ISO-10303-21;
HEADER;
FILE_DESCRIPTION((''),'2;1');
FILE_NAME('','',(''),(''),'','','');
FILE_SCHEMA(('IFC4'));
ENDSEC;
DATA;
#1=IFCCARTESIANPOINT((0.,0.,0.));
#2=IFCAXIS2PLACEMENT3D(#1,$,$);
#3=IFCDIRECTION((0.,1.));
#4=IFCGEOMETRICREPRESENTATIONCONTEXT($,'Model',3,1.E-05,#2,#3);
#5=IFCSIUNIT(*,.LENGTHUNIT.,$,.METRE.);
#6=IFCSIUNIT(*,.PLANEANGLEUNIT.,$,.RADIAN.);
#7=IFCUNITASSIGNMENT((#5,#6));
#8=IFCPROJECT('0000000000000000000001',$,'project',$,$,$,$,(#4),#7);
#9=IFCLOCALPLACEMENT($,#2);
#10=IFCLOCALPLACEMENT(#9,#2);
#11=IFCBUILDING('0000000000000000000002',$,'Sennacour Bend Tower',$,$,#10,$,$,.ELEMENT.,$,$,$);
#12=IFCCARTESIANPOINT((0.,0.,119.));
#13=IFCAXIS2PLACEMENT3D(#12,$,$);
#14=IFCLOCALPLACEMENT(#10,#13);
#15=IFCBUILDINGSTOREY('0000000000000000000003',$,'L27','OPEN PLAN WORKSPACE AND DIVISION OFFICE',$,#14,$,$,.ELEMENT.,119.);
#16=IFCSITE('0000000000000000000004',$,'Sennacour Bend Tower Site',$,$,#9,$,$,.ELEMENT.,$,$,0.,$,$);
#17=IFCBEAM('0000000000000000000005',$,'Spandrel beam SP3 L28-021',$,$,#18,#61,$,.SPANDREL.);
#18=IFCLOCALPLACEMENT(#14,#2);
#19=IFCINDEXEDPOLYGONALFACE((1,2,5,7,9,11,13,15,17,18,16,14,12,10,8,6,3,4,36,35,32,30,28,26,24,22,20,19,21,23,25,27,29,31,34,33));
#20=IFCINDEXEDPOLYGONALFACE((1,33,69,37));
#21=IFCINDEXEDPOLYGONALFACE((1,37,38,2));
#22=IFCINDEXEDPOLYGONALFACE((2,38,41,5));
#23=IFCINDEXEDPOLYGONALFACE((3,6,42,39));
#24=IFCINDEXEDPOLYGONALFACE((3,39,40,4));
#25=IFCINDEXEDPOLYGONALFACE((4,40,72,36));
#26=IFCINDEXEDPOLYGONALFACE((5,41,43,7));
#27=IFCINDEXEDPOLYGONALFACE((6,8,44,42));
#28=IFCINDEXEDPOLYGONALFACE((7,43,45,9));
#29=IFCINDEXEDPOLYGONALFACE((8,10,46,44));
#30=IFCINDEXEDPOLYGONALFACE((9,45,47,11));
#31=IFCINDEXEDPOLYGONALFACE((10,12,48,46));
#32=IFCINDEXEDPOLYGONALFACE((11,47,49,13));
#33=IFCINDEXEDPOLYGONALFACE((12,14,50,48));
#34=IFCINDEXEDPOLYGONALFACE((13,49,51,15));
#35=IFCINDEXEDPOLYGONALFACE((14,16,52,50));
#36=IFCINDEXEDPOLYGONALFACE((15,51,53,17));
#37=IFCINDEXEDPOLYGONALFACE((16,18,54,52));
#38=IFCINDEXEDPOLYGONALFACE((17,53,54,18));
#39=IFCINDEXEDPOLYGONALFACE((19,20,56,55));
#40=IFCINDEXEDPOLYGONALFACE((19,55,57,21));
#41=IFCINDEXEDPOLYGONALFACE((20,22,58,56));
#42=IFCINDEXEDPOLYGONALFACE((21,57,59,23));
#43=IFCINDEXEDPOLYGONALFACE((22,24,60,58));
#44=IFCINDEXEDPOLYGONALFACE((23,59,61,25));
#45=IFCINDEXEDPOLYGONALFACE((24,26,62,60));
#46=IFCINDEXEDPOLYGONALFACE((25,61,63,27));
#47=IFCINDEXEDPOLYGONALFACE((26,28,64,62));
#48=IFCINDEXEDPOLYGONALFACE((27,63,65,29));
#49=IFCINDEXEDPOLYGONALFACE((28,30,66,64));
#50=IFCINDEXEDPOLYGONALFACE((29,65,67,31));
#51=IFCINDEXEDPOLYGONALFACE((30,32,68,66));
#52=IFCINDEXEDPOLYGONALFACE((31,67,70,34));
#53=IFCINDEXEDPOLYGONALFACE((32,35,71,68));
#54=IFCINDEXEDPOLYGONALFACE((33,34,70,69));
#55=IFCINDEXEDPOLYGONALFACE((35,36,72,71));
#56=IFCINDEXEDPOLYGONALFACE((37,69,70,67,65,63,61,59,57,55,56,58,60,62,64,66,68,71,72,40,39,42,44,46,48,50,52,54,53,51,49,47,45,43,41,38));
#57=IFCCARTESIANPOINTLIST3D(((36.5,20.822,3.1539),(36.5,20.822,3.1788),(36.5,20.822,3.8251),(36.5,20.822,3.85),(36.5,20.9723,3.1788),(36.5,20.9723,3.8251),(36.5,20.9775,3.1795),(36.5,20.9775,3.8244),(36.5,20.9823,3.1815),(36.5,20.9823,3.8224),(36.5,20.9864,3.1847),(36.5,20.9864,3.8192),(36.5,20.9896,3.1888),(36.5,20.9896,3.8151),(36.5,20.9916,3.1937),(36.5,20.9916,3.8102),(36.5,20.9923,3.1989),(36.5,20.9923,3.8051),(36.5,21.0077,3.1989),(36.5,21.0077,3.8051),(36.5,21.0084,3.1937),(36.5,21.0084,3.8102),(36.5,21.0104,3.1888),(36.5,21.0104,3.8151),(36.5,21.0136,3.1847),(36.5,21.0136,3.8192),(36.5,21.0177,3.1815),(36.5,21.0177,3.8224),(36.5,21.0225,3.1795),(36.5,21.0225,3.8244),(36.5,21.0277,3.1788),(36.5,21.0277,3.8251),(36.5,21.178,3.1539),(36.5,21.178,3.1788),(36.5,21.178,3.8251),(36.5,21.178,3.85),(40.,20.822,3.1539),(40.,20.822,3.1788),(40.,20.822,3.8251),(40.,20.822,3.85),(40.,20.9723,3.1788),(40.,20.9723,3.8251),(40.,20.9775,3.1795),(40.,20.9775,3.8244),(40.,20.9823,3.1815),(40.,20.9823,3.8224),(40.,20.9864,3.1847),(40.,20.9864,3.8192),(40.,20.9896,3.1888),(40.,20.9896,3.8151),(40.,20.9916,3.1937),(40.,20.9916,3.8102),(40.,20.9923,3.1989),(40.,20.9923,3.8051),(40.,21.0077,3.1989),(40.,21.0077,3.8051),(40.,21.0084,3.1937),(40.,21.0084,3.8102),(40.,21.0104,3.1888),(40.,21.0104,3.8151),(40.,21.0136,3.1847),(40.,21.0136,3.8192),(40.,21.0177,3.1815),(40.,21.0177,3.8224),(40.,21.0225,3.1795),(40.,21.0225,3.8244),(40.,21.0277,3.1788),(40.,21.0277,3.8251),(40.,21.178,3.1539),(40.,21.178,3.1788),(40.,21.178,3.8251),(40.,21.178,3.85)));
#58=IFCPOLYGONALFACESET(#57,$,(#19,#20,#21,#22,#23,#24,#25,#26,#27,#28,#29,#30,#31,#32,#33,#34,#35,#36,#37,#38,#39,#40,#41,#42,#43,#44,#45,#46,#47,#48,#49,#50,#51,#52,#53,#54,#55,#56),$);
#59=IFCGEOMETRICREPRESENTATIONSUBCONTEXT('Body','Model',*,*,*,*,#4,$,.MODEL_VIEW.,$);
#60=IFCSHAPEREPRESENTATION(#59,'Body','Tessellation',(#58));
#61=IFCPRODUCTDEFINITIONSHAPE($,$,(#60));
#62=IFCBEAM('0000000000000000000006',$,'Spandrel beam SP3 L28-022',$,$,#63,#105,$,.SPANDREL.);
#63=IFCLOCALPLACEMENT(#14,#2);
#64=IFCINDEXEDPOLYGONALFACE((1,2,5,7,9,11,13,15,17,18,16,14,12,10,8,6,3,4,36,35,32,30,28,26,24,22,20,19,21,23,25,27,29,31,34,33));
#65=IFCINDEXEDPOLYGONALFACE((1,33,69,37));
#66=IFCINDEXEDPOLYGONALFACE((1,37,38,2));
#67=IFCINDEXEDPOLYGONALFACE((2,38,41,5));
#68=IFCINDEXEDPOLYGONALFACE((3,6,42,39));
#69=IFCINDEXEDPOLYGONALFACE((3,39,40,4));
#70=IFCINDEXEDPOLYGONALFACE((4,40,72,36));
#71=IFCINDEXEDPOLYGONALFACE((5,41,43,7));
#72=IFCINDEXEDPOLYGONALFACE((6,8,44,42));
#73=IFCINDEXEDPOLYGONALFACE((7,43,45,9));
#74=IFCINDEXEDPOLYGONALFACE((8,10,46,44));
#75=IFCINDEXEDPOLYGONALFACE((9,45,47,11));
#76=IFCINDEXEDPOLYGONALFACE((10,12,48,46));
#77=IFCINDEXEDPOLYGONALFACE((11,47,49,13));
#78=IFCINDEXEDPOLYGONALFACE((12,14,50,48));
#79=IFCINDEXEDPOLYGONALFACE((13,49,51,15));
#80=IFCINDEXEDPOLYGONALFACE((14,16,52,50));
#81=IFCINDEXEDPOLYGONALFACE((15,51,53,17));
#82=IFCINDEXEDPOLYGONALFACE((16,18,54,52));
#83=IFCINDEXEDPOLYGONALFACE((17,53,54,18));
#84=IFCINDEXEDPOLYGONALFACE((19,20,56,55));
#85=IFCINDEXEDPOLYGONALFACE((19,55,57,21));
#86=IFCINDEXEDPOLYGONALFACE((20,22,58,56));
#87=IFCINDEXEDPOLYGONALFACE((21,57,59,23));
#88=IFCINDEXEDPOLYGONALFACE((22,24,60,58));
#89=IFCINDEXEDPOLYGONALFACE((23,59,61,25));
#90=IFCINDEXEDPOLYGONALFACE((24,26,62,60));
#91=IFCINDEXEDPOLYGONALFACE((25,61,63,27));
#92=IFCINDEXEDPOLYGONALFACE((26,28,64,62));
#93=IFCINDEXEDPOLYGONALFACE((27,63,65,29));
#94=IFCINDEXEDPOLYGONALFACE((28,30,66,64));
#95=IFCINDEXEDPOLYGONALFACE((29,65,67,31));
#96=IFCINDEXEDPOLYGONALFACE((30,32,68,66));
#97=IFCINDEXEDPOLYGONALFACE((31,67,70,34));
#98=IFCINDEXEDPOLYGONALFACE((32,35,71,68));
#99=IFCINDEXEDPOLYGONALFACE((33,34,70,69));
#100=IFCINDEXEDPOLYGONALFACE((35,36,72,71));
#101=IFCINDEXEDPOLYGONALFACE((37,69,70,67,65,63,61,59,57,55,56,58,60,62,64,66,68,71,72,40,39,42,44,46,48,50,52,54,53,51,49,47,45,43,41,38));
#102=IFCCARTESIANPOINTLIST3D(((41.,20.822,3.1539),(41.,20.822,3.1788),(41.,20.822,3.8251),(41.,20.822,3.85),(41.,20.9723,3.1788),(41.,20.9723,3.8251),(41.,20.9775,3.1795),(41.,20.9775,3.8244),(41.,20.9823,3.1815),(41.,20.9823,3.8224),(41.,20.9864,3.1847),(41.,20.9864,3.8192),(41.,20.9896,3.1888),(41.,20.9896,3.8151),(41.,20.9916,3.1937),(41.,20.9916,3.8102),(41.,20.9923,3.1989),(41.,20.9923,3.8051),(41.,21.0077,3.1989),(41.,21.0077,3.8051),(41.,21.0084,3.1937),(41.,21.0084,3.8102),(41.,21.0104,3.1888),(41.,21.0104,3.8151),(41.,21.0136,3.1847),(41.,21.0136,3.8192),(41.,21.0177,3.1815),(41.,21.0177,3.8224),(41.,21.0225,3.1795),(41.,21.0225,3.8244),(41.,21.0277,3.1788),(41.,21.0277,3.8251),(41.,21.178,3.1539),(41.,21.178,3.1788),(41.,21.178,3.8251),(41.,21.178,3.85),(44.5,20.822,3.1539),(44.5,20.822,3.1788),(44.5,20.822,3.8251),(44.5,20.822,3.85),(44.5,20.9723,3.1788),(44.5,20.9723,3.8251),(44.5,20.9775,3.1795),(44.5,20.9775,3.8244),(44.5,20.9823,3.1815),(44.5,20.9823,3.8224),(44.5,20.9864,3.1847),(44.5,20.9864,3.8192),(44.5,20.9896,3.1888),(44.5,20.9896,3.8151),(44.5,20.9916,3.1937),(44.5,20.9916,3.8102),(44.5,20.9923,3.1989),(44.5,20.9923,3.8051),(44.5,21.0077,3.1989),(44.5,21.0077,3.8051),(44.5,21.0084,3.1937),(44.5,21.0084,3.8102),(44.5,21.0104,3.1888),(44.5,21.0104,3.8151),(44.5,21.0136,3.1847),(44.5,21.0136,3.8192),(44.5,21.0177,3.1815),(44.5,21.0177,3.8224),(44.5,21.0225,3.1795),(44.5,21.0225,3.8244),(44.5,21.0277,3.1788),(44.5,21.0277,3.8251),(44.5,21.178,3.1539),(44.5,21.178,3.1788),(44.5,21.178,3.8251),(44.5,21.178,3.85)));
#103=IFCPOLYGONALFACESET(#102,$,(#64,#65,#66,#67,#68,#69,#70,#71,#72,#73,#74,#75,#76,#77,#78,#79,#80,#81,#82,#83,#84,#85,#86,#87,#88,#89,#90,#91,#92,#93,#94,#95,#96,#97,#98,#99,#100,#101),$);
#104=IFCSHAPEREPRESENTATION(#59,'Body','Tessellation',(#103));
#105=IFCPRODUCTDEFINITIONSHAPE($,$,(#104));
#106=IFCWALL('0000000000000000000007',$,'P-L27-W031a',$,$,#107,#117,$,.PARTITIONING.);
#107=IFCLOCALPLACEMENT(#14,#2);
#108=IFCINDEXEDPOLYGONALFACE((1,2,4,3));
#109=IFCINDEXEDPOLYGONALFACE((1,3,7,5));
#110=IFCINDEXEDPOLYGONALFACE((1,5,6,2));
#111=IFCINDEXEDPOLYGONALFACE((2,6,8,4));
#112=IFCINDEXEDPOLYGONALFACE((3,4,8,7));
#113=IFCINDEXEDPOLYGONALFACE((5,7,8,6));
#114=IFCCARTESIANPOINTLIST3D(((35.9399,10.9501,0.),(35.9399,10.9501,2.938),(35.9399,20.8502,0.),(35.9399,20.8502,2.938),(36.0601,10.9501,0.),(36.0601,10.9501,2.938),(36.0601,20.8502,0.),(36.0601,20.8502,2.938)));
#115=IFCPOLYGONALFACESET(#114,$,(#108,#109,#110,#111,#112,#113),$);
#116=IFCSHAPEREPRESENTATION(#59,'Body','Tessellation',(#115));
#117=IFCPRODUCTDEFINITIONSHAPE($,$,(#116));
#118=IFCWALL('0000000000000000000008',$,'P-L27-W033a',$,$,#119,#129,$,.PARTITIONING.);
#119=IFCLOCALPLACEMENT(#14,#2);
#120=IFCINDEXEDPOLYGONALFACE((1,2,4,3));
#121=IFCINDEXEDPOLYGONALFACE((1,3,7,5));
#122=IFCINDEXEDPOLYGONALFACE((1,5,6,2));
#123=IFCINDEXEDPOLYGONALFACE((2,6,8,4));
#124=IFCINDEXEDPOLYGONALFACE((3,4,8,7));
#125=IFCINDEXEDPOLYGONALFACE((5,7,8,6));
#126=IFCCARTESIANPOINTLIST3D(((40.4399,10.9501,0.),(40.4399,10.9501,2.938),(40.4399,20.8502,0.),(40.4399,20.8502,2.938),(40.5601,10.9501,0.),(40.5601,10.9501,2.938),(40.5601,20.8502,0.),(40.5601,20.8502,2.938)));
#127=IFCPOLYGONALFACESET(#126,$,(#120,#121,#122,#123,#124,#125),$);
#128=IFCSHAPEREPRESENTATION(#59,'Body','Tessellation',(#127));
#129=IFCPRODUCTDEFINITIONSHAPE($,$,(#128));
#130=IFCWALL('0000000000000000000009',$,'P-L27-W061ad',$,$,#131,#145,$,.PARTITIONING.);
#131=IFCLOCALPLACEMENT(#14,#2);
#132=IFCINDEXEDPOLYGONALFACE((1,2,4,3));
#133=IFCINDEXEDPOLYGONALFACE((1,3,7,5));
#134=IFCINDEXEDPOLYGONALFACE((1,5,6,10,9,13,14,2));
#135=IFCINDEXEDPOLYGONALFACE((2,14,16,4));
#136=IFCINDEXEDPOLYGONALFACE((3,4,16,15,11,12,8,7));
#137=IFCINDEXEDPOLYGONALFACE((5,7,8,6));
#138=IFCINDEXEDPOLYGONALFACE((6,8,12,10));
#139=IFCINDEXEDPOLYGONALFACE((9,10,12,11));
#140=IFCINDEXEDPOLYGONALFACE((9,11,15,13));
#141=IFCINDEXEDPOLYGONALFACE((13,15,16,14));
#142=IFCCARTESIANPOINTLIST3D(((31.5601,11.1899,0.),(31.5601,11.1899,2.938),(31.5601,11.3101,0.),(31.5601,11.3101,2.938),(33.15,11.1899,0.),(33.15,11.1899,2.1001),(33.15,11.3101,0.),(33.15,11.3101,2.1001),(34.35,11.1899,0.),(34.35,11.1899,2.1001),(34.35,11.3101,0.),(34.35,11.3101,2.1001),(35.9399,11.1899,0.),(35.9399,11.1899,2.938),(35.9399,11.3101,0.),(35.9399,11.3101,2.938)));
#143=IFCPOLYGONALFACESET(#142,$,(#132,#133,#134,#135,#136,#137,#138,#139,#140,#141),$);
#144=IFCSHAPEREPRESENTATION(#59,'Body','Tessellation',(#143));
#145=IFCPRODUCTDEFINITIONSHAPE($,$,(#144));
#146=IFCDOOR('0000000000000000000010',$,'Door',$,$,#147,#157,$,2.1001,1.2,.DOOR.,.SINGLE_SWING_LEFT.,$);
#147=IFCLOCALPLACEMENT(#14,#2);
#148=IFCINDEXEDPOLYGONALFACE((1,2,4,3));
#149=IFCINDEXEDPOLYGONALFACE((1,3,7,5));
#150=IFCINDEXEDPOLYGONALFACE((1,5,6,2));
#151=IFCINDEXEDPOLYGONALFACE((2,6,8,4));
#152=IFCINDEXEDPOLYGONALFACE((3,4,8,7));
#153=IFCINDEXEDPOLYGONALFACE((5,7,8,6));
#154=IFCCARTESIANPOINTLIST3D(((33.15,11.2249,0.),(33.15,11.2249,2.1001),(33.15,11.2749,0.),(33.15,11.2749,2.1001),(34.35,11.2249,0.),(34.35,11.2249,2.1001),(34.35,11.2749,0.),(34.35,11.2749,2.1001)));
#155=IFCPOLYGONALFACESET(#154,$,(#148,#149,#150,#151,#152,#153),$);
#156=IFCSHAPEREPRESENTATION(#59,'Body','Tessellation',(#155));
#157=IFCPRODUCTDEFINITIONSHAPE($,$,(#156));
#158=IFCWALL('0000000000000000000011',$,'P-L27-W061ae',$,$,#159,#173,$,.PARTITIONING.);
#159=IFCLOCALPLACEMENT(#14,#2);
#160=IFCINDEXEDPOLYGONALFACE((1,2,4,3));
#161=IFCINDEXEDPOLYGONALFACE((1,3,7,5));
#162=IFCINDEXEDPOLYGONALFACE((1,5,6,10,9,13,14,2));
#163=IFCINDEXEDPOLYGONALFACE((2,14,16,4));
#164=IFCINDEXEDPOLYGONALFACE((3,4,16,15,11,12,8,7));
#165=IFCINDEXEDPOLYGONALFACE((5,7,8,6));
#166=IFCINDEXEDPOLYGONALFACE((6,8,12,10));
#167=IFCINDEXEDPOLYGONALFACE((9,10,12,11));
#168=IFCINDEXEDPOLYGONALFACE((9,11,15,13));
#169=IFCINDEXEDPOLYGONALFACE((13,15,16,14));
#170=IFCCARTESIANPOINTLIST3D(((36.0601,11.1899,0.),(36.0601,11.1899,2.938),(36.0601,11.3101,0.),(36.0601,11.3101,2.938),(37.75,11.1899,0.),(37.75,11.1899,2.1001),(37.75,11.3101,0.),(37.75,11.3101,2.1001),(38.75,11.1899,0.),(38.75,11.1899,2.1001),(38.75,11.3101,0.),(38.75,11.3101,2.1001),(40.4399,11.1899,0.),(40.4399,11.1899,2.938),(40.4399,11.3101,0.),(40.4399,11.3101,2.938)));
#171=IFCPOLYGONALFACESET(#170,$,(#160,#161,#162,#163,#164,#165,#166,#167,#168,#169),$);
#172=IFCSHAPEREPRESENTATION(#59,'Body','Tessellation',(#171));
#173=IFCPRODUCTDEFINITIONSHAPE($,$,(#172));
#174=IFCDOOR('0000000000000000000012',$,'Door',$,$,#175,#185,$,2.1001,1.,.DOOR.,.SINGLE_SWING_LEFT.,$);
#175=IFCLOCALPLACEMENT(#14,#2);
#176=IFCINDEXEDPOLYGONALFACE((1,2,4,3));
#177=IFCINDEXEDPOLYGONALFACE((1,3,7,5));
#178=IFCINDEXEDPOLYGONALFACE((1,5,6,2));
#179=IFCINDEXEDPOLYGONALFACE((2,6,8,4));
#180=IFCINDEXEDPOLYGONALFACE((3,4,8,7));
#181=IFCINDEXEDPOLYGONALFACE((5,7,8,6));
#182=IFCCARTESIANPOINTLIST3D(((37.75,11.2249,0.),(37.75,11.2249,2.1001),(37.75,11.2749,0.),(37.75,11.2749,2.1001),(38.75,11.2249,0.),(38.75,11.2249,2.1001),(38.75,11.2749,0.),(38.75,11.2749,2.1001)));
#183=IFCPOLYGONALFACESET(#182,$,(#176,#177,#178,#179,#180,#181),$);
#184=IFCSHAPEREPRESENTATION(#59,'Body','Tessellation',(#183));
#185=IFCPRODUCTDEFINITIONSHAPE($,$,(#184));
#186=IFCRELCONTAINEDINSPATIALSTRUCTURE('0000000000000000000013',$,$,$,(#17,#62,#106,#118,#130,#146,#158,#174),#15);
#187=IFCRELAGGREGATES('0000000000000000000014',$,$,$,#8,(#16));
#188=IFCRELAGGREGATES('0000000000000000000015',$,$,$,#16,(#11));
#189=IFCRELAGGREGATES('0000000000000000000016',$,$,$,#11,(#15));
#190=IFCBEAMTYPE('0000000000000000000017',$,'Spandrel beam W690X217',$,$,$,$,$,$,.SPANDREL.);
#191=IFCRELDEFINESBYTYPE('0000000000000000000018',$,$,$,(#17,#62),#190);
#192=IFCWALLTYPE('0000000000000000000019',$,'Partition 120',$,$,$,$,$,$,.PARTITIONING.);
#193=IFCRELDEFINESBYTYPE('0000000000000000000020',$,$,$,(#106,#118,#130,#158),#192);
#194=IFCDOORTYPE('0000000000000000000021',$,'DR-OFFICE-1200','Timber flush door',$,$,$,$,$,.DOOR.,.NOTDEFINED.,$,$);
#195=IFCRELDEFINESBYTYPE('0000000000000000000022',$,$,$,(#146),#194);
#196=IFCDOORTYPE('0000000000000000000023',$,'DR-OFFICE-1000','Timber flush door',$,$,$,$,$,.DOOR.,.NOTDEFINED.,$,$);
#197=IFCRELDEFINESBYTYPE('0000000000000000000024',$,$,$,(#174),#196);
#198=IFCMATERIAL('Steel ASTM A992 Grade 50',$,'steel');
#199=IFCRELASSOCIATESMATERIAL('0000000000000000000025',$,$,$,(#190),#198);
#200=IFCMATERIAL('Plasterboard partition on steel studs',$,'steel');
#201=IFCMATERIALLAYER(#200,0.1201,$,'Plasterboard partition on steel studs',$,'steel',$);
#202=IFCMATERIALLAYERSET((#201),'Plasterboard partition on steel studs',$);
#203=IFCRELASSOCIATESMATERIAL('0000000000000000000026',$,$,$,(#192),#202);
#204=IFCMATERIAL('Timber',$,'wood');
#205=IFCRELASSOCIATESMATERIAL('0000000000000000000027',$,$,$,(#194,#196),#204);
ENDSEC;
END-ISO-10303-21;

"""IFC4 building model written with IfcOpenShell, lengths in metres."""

from ifc_helpers import new_model, si_unit, direction, frame, frame_2d, origin, origin_2d, place, context, subcontext, project, spatial, rectangle, i_section, extrude, material, layer, layer_set, material_profile, profile_set, type_object, element, fill, save


model = new_model("IFC4")

# Units and contexts
model_context = context("Model", 3, precision=1e-05, world=origin(), true_north=direction((0.0, 1.0)))
body_context = subcontext(model_context, "Body", "Model", "MODEL_VIEW")
ifc_project = project(units=[si_unit("LENGTHUNIT", "METRE"), si_unit("PLANEANGLEUNIT", "RADIAN")], contexts=[model_context])

# Site, building, storey
site_placement = place(None, origin())
site = spatial("IfcSite", under=ifc_project, at=site_placement, Name="Sennacour Bend Tower Site", CompositionType="ELEMENT", RefElevation=0.0)
building_placement = place(site_placement, origin())
building = spatial("IfcBuilding", under=site, at=building_placement, Name="Sennacour Bend Tower", CompositionType="ELEMENT")
storey_placement = place(building_placement, frame((0.0, 0.0, 119.0)))
storey = spatial("IfcBuildingStorey", under=building, at=storey_placement, Name="L27", Description="OPEN PLAN WORKSPACE AND DIVISION OFFICE", CompositionType="ELEMENT", Elevation=119.0)

# Beams
ifc_material_1 = material(Name="Steel ASTM A992 Grade 50", Category="steel")
ifc_material_profile_1 = material_profile(ifc_material_1, i_section(OverallWidth=0.356, OverallDepth=0.696, WebThickness=0.0154, FlangeThickness=0.0249, FilletRadius=0.02, at=origin_2d()), Name="Steel ASTM A992 Grade 50", Category="steel")
ifc_profile_set_1 = profile_set([ifc_material_profile_1], Name="Steel ASTM A992 Grade 50")
beam_type = type_object("IfcBeamType", Name="Spandrel beam W690X217", PredefinedType="SPANDREL", material=ifc_profile_set_1)
for number, where, z_axis, x_axis, name in (
    (1, (36.5, 21.0, 3.502), (1.0, 0.0, 0.0), (0.0, 1.0, 0.0), "Spandrel beam SP3 L28-021"),
    (2, (41.0, 21.0, 3.502), (1.0, 0.0, 0.0), (0.0, 1.0, 0.0), "Spandrel beam SP3 L28-022"),
):
    element("IfcBeam", number, at=place(storey_placement, frame(where, z_axis=z_axis, x_axis=x_axis)), inside=storey, type_object=beam_type, Name=name, PredefinedType="SPANDREL", context=body_context, shape_type="SweptSolid", body=[
        extrude(i_section(OverallWidth=0.356, OverallDepth=0.696, WebThickness=0.0154, FlangeThickness=0.0249, FilletRadius=0.02, at=origin_2d()), origin(), (0.0, 0.0, 1.0), 3.5),
    ])

# Walls
ifc_material_2 = material(Name="Plasterboard partition on steel studs", Category="steel")
ifc_layer_1 = layer(ifc_material_2, 0.1201, Name="Plasterboard partition on steel studs", Category="steel")
ifc_layer_set_1 = layer_set([ifc_layer_1], Name="Plasterboard partition on steel studs")
wall_type_1 = type_object("IfcWallType", Name="Partition 120", PredefinedType="PARTITIONING", material=ifc_layer_set_1)
for number, where, z_axis, x_axis, name in (
    (3, (36.0, 10.95, 0.0), (0.0, 0.0, 1.0), (0.0, 1.0, 0.0), "P-L27-W031a"),
    (4, (40.5, 10.95, 0.0), (0.0, 0.0, 1.0), (0.0, 1.0, 0.0), "P-L27-W033a"),
):
    element("IfcWall", number, at=place(storey_placement, frame(where, z_axis=z_axis, x_axis=x_axis)), inside=storey, type_object=wall_type_1, Name=name, PredefinedType="PARTITIONING", context=body_context, shape_type="SweptSolid", body=[
        extrude(rectangle(XDim=9.9001, YDim=0.1201, at=frame_2d((4.9502, 0.0))), origin(), (0.0, 0.0, 1.0), 2.938),
    ])

# Walls, openings, doors
wall_1_placement = place(storey_placement, frame((31.5601, 11.25, 0.0), z_axis=(0.0, 0.0, 1.0), x_axis=(1.0, 0.0, 0.0)))
wall_1 = element("IfcWall", 5, at=wall_1_placement, inside=storey, type_object=wall_type_1, Name="P-L27-W061ad", PredefinedType="PARTITIONING", context=body_context, shape_type="SweptSolid", body=[
    extrude(rectangle(XDim=4.3799, YDim=0.1201, at=frame_2d((2.1899, 0.0))), origin(), (0.0, 0.0, 1.0), 2.938),
])
opening_1_placement = place(wall_1_placement, frame((1.5898, 0.0, 0.0)))
opening_1 = element("IfcOpeningElement", 6, at=opening_1_placement, cuts=wall_1, PredefinedType="OPENING", context=body_context, shape_type="SweptSolid", body=[
    extrude(rectangle(XDim=1.2, YDim=2.1001, at=frame_2d((0.6001, 1.05))), frame((0.0, 0.0701, 0.0), z_axis=(0.0, -1.0, 0.0), x_axis=(1.0, 0.0, 0.0)), (0.0, 0.0, 1.0), 0.1401),
])
ifc_material_3 = material(Name="Timber", Category="wood")
door_type_1 = type_object("IfcDoorType", Name="DR-OFFICE-1200", Description="Timber flush door", OperationType="NOTDEFINED", PredefinedType="DOOR", material=ifc_material_3)
door_1_placement = place(opening_1_placement, origin())
door_1 = element("IfcDoor", 7, at=door_1_placement, inside=storey, type_object=door_type_1, Name="Door", OperationType="SINGLE_SWING_LEFT", OverallHeight=2.1001, OverallWidth=1.2, PredefinedType="DOOR", context=body_context, shape_type="SweptSolid", body=[
    extrude(rectangle(XDim=1.2, YDim=2.1001, at=frame_2d((0.6001, 1.05))), frame((0.0, 0.0249, 0.0), z_axis=(0.0, -1.0, 0.0), x_axis=(1.0, 0.0, 0.0)), (0.0, 0.0, 1.0), 0.05),
])
fill(opening_1, door_1)
wall_2_placement = place(storey_placement, frame((36.0601, 11.25, 0.0), z_axis=(0.0, 0.0, 1.0), x_axis=(1.0, 0.0, 0.0)))
wall_2 = element("IfcWall", 8, at=wall_2_placement, inside=storey, type_object=wall_type_1, Name="P-L27-W061ae", PredefinedType="PARTITIONING", context=body_context, shape_type="SweptSolid", body=[
    extrude(rectangle(XDim=4.3799, YDim=0.1201, at=frame_2d((2.1899, 0.0))), origin(), (0.0, 0.0, 1.0), 2.938),
])
opening_2_placement = place(wall_2_placement, frame((1.6899, 0.0, 0.0)))
opening_2 = element("IfcOpeningElement", 9, at=opening_2_placement, cuts=wall_2, PredefinedType="OPENING", context=body_context, shape_type="SweptSolid", body=[
    extrude(rectangle(XDim=1.0, YDim=2.1001, at=frame_2d((0.5, 1.05))), frame((0.0, 0.0701, 0.0), z_axis=(0.0, -1.0, 0.0), x_axis=(1.0, 0.0, 0.0)), (0.0, 0.0, 1.0), 0.1401),
])
door_type_2 = type_object("IfcDoorType", Name="DR-OFFICE-1000", Description="Timber flush door", OperationType="NOTDEFINED", PredefinedType="DOOR", material=ifc_material_3)
door_2_placement = place(opening_2_placement, origin())
door_2 = element("IfcDoor", 10, at=door_2_placement, inside=storey, type_object=door_type_2, Name="Door", OperationType="SINGLE_SWING_LEFT", OverallHeight=2.1001, OverallWidth=1.0, PredefinedType="DOOR", context=body_context, shape_type="SweptSolid", body=[
    extrude(rectangle(XDim=1.0, YDim=2.1001, at=frame_2d((0.5, 1.05))), frame((0.0, 0.0249, 0.0), z_axis=(0.0, -1.0, 0.0), x_axis=(1.0, 0.0, 0.0)), (0.0, 0.0, 1.0), 0.05),
])
fill(opening_2, door_2)

save(model, "model.ifc")
